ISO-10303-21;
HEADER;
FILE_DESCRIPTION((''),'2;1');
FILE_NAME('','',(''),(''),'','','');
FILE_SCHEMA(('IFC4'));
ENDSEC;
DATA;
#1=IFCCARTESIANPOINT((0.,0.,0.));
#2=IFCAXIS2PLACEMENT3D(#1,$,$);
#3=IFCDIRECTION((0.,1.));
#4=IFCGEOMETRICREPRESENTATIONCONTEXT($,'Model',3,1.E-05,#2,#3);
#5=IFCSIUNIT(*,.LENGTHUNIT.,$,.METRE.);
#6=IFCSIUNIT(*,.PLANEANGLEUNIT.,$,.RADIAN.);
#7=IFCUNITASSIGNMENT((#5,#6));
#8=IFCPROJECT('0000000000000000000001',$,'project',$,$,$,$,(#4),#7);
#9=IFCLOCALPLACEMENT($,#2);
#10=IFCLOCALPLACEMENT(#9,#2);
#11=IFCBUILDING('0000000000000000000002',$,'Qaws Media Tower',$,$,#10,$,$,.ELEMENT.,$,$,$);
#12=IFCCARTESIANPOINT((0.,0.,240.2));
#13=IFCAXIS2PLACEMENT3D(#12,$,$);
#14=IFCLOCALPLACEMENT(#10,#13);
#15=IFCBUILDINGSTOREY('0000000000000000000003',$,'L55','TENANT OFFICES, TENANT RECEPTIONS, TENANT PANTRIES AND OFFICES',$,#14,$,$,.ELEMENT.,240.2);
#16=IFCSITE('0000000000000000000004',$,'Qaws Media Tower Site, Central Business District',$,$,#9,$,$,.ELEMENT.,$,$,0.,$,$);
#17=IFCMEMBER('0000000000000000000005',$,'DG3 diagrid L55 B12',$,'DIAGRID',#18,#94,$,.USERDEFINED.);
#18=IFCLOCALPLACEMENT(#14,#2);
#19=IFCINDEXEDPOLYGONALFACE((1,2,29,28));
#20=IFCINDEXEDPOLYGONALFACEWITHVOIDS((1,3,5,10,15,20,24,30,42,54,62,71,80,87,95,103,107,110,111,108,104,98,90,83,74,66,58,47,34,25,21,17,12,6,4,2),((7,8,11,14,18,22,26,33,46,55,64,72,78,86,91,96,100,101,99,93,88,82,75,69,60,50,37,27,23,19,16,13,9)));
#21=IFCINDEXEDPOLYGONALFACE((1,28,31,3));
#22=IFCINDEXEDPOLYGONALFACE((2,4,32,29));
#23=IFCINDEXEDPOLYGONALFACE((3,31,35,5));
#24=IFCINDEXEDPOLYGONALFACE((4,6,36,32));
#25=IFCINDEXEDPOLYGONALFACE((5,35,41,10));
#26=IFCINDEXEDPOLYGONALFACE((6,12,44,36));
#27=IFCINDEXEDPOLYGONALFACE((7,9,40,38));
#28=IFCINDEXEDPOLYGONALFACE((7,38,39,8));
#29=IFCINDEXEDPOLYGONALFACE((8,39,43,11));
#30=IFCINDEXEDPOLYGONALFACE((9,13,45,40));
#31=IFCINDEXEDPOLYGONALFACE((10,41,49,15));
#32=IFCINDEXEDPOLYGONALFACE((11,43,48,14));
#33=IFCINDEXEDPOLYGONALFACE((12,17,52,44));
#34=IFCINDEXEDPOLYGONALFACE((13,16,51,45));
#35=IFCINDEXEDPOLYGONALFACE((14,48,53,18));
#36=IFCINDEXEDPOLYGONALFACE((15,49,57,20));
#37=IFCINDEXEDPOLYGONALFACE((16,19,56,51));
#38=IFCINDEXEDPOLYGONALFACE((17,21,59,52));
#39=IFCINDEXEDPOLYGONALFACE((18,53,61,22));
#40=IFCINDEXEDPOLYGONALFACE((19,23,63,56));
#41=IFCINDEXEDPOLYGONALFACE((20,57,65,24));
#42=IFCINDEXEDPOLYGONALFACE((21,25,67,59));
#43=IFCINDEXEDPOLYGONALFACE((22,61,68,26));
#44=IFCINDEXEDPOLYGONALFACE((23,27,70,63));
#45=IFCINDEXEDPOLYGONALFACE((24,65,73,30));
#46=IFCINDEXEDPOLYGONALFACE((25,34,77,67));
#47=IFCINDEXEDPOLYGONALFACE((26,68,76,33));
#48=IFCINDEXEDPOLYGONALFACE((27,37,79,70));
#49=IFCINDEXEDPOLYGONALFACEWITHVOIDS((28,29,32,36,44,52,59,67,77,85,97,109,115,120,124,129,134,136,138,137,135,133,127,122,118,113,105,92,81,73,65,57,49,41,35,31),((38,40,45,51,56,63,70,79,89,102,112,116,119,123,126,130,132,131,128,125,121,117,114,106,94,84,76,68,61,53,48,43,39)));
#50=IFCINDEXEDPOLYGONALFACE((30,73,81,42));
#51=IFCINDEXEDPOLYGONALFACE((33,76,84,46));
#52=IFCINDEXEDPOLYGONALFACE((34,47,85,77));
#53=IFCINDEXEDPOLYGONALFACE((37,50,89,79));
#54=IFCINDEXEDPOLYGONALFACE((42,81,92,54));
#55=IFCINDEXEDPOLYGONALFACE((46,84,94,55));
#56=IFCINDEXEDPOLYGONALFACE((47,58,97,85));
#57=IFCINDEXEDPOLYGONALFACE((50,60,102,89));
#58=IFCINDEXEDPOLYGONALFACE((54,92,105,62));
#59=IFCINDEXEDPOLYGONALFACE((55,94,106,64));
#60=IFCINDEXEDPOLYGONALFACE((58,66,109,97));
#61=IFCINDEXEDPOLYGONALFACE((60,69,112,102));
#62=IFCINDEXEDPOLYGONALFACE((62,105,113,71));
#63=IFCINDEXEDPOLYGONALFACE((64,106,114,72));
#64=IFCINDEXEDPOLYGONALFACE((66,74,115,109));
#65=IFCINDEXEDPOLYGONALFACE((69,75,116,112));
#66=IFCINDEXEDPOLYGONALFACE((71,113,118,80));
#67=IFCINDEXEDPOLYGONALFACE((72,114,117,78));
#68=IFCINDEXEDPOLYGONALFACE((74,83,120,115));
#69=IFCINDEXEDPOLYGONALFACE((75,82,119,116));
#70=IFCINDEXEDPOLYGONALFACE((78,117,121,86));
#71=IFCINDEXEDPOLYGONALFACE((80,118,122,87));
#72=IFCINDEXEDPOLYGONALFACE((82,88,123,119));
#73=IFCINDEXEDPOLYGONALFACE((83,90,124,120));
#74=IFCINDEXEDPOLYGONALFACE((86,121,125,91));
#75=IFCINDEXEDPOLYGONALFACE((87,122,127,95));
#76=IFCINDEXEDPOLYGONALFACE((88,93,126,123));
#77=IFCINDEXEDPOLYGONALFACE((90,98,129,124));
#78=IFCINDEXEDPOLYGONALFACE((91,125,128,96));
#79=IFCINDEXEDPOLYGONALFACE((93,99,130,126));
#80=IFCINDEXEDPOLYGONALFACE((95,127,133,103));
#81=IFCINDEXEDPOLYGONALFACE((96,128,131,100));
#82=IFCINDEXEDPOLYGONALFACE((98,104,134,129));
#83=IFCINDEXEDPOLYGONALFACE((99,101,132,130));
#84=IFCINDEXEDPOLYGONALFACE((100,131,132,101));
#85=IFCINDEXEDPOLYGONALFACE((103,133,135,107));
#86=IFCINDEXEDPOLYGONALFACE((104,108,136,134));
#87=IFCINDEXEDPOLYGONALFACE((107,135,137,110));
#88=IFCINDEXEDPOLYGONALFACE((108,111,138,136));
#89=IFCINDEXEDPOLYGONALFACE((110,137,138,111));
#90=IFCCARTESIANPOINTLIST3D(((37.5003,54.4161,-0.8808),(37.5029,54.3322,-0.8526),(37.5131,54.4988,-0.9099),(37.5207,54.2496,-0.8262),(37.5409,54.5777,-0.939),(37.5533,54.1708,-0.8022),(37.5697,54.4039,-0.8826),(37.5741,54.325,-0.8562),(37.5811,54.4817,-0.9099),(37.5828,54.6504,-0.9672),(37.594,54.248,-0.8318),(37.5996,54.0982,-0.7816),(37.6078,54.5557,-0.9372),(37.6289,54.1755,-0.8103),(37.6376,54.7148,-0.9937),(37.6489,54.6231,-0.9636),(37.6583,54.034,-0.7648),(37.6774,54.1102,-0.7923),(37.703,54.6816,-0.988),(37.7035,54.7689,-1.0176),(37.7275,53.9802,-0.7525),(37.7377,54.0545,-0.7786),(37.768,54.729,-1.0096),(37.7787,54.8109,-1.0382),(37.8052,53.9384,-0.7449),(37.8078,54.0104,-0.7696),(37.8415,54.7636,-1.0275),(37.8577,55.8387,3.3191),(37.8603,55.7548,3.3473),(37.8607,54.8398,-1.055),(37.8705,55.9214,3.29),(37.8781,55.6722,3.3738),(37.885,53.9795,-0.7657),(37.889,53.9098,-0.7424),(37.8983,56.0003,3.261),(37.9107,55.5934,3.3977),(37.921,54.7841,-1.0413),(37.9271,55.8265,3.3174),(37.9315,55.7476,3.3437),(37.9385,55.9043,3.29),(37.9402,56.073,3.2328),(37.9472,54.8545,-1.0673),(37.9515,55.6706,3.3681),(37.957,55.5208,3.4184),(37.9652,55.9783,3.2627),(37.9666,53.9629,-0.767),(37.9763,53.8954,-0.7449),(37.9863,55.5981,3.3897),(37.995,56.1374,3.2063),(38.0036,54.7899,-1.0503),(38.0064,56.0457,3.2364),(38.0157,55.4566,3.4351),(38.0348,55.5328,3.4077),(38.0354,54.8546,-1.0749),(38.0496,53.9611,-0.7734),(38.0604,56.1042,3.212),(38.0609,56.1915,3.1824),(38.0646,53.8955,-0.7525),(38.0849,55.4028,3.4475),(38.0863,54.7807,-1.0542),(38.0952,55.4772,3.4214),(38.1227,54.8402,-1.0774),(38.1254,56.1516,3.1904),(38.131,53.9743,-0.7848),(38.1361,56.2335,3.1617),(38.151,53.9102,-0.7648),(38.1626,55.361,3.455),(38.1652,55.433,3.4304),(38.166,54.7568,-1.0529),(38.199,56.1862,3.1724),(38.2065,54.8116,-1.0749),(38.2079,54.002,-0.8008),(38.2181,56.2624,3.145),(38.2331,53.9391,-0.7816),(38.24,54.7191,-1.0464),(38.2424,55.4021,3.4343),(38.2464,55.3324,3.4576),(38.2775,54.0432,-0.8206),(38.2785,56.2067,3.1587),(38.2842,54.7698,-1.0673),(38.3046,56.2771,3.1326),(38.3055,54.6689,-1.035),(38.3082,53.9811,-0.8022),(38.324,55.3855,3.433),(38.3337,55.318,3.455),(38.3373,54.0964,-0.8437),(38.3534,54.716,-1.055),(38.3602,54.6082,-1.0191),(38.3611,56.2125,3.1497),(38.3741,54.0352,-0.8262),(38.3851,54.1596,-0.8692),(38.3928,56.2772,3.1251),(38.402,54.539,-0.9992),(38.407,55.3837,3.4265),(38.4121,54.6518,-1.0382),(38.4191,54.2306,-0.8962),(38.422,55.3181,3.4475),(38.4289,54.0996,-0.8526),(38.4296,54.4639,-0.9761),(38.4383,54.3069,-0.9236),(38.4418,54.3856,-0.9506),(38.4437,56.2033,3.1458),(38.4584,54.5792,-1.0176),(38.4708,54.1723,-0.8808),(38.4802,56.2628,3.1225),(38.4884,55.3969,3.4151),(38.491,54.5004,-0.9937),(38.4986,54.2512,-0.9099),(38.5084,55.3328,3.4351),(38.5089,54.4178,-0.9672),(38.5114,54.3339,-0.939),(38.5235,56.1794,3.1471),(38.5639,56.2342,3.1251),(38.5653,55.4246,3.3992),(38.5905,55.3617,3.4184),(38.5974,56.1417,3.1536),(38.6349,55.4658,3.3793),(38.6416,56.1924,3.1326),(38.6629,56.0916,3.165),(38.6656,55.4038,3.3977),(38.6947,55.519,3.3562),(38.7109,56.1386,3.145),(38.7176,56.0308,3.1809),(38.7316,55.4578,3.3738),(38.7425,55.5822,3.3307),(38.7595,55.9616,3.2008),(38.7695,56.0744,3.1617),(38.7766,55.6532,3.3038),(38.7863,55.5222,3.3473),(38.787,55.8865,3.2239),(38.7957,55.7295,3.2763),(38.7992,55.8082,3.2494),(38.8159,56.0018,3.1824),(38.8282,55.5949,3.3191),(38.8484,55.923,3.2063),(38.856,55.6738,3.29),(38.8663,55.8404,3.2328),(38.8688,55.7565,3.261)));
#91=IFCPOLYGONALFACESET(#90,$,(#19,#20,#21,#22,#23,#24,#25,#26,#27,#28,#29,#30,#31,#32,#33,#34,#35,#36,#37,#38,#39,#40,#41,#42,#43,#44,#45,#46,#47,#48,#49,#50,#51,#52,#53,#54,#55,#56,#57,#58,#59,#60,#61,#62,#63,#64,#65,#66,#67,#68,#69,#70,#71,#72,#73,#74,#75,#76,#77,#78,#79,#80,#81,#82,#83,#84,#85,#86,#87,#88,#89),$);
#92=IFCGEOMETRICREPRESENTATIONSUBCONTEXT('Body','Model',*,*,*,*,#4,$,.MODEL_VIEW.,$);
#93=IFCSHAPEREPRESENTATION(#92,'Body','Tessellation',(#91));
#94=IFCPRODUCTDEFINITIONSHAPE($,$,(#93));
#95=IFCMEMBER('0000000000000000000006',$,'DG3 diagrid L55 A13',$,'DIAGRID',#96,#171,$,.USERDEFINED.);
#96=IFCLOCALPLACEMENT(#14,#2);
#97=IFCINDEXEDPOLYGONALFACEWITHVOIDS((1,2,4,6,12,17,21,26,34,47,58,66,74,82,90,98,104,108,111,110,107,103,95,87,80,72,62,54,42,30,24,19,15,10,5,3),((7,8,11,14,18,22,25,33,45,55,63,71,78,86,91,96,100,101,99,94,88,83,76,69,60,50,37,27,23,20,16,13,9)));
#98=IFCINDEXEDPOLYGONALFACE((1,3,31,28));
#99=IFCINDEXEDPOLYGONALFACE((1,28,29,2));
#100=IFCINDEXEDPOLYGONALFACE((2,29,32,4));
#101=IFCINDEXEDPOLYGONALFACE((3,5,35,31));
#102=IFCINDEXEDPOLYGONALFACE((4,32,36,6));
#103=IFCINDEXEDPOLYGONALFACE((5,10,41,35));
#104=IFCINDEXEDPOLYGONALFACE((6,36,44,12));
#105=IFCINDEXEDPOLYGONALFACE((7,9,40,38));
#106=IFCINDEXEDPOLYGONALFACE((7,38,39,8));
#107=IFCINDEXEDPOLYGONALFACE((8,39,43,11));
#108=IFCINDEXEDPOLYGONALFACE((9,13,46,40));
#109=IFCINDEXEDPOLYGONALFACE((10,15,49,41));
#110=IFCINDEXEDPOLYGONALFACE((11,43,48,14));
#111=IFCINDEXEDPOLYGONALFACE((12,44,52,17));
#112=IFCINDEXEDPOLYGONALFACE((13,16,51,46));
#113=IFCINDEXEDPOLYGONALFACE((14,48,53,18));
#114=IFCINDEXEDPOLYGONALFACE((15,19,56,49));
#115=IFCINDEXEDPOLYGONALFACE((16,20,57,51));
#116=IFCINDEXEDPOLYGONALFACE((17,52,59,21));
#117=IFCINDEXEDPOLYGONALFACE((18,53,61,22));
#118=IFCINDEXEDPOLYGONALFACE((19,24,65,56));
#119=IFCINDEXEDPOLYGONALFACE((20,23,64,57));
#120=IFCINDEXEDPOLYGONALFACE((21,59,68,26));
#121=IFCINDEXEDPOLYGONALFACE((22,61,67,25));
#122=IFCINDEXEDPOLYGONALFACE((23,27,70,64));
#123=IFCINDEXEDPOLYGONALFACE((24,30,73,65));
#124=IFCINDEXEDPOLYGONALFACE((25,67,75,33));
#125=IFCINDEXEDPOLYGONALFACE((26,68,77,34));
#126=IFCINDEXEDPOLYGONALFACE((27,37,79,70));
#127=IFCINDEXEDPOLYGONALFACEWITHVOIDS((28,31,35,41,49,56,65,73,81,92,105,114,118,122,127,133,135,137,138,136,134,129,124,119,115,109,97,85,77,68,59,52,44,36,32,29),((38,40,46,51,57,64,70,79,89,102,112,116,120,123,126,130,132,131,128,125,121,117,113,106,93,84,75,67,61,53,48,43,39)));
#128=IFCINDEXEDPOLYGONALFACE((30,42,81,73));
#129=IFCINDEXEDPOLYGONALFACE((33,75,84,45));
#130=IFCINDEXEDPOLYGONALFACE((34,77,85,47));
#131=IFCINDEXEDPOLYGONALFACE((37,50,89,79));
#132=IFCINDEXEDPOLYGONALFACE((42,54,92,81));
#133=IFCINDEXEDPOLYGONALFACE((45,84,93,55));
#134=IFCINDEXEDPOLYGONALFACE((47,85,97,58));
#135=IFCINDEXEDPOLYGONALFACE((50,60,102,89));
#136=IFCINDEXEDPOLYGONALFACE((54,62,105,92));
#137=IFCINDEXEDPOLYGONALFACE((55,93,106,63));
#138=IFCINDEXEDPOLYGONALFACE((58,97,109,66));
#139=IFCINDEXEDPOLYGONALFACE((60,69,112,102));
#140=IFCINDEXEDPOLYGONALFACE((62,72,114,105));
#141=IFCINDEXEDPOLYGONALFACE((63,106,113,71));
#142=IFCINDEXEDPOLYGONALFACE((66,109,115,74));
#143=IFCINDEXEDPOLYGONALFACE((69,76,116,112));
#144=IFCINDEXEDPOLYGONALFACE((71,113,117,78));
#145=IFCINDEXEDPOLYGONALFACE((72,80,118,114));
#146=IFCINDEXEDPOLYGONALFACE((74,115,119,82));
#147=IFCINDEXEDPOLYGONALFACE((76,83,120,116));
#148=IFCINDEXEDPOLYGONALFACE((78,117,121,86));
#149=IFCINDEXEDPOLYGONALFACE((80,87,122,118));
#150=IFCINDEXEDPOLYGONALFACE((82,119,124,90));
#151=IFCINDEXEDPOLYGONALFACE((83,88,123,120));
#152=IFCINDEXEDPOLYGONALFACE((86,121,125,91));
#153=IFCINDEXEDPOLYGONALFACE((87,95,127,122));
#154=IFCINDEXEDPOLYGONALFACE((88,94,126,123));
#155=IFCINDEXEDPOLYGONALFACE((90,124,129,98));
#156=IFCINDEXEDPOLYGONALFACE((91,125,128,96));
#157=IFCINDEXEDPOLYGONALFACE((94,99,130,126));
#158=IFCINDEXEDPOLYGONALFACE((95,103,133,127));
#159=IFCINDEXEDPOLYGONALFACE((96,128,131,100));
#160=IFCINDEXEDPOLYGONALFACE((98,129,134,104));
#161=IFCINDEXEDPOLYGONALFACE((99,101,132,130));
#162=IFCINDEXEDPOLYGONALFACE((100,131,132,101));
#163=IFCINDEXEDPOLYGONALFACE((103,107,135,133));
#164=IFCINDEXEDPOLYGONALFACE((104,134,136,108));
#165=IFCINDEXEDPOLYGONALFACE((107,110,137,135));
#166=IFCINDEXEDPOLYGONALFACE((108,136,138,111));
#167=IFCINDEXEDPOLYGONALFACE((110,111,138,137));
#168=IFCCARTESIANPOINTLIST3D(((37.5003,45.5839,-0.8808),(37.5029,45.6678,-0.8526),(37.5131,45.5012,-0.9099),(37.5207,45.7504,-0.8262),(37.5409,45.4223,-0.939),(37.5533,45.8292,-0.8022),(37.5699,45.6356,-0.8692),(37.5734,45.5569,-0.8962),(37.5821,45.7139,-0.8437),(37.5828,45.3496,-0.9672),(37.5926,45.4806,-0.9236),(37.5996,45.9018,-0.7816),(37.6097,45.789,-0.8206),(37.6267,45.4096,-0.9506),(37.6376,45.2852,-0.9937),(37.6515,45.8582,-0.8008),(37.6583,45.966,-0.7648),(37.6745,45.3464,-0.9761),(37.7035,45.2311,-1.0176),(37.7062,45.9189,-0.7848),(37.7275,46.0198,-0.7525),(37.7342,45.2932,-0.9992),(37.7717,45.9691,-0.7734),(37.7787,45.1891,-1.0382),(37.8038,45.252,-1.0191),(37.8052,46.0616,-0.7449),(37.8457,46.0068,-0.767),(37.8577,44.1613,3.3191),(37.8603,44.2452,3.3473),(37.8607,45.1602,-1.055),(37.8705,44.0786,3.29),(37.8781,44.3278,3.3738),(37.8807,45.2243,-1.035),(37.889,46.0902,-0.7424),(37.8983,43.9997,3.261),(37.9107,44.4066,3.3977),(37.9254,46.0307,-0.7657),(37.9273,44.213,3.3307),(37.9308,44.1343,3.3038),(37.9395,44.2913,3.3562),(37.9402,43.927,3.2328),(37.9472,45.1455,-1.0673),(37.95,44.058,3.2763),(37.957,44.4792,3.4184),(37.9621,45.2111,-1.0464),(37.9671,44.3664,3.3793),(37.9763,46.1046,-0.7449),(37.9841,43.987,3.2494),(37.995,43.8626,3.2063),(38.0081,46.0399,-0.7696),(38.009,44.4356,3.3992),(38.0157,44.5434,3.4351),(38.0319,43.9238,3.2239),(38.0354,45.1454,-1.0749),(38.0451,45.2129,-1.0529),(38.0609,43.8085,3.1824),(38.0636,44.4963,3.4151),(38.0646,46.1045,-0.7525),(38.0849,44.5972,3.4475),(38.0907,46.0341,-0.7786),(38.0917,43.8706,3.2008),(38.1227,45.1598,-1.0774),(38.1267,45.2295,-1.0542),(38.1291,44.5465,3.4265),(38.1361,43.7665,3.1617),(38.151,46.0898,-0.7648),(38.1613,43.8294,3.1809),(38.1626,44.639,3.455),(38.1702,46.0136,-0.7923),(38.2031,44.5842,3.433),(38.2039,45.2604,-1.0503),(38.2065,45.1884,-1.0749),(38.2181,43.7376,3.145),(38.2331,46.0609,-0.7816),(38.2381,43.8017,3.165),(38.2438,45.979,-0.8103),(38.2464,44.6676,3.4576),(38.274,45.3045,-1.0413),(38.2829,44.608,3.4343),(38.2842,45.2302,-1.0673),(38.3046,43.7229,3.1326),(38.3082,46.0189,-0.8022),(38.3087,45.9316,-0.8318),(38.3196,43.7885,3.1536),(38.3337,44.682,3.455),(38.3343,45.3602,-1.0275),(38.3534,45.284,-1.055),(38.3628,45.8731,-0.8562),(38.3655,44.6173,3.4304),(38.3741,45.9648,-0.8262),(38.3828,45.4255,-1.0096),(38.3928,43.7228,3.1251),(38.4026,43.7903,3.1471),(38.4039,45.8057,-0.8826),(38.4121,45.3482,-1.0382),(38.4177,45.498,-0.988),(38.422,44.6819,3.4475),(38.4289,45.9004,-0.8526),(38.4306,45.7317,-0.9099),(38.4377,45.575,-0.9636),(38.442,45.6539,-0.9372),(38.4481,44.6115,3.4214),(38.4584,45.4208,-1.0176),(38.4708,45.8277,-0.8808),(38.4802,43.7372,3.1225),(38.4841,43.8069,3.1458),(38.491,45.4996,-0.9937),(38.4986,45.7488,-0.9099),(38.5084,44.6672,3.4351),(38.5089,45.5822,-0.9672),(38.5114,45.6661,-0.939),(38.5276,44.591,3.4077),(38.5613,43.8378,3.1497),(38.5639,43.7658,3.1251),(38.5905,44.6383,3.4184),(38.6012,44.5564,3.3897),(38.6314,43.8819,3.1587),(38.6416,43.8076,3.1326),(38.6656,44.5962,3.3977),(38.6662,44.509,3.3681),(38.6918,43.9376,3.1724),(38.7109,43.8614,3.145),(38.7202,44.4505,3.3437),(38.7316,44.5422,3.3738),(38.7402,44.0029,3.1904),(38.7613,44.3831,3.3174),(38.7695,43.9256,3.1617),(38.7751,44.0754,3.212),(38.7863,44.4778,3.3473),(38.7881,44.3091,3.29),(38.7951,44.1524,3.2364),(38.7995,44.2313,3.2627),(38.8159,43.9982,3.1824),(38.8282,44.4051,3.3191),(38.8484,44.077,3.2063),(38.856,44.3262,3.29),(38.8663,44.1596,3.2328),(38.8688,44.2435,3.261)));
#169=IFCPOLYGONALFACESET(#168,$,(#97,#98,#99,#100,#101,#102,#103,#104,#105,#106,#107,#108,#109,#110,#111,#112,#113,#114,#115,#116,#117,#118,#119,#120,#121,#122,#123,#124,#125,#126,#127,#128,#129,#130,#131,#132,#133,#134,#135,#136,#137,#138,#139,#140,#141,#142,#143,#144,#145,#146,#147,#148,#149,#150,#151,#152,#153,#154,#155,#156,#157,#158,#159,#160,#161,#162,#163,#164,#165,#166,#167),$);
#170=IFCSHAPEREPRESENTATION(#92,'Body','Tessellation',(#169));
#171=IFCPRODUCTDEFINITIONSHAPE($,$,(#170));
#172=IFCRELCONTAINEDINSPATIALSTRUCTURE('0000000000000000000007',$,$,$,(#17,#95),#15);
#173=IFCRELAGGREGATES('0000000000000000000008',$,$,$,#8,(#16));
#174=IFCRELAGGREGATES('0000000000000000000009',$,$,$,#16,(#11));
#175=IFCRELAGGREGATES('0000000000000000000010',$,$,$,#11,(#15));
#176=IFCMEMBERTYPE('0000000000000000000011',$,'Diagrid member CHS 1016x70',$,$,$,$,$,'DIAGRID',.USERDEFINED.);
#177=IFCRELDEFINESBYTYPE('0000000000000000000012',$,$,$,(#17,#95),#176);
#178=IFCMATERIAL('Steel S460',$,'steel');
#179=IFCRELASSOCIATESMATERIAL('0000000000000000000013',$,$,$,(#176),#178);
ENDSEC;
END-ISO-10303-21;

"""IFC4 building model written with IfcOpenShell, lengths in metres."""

from ifc_helpers import new_model, si_unit, direction, frame, origin, origin_2d, place, context, subcontext, project, spatial, hollow_circle, extrude, material, material_profile, profile_set, type_object, element, save


model = new_model("IFC4")

# Units and contexts
model_context = context("Model", 3, precision=1e-05, world=origin(), true_north=direction((0.0, 1.0)))
body_context = subcontext(model_context, "Body", "Model", "MODEL_VIEW")
ifc_project = project(units=[si_unit("LENGTHUNIT", "METRE"), si_unit("PLANEANGLEUNIT", "RADIAN")], contexts=[model_context])

# Site, building, storey
site_placement = place(None, origin())
site = spatial("IfcSite", under=ifc_project, at=site_placement, Name="Qaws Media Tower Site, Central Business District", CompositionType="ELEMENT", RefElevation=0.0)
building_placement = place(site_placement, origin())
building = spatial("IfcBuilding", under=site, at=building_placement, Name="Qaws Media Tower", CompositionType="ELEMENT")
storey_placement = place(building_placement, frame((0.0, 0.0, 240.2)))
storey = spatial("IfcBuildingStorey", under=building, at=storey_placement, Name="L55", Description="TENANT OFFICES, TENANT RECEPTIONS, TENANT PANTRIES AND OFFICES", CompositionType="ELEMENT", Elevation=240.2)

# Members
ifc_material_1 = material(Name="Steel S460", Category="steel")
ifc_material_profile_1 = material_profile(ifc_material_1, hollow_circle(Radius=0.5081, WallThickness=0.0701, at=origin_2d()), Name="CHS 1016x70")
ifc_profile_set_1 = profile_set([ifc_material_profile_1], Name="Steel S460")
member_type_1 = type_object("IfcMemberType", Name="Diagrid member CHS 1016x70", ElementType="DIAGRID", PredefinedType="USERDEFINED", material=ifc_profile_set_1)
for number, where, z_axis, x_axis, name in (
    (1, (38.0059, 54.375, -0.9099), (0.080343, 0.319779, 0.94408), (-0.969858, 0.243671, 0.0), "DG3 diagrid L55 B12"),
    (2, (38.0059, 45.625, -0.9099), (0.080343, -0.319779, 0.94408), (0.969858, 0.243671, 0.0), "DG3 diagrid L55 A13"),
):
    element("IfcMember", number, at=place(storey_placement, frame(where, z_axis=z_axis, x_axis=x_axis)), inside=storey, type_object=member_type_1, Name=name, ObjectType="DIAGRID", PredefinedType="USERDEFINED", context=body_context, shape_type="SweptSolid", body=[
        extrude(hollow_circle(Radius=0.5081, WallThickness=0.0701, at=origin_2d()), origin(), (0.0, 0.0, 1.0), 4.4487),
    ])

save(model, "model.ifc")
